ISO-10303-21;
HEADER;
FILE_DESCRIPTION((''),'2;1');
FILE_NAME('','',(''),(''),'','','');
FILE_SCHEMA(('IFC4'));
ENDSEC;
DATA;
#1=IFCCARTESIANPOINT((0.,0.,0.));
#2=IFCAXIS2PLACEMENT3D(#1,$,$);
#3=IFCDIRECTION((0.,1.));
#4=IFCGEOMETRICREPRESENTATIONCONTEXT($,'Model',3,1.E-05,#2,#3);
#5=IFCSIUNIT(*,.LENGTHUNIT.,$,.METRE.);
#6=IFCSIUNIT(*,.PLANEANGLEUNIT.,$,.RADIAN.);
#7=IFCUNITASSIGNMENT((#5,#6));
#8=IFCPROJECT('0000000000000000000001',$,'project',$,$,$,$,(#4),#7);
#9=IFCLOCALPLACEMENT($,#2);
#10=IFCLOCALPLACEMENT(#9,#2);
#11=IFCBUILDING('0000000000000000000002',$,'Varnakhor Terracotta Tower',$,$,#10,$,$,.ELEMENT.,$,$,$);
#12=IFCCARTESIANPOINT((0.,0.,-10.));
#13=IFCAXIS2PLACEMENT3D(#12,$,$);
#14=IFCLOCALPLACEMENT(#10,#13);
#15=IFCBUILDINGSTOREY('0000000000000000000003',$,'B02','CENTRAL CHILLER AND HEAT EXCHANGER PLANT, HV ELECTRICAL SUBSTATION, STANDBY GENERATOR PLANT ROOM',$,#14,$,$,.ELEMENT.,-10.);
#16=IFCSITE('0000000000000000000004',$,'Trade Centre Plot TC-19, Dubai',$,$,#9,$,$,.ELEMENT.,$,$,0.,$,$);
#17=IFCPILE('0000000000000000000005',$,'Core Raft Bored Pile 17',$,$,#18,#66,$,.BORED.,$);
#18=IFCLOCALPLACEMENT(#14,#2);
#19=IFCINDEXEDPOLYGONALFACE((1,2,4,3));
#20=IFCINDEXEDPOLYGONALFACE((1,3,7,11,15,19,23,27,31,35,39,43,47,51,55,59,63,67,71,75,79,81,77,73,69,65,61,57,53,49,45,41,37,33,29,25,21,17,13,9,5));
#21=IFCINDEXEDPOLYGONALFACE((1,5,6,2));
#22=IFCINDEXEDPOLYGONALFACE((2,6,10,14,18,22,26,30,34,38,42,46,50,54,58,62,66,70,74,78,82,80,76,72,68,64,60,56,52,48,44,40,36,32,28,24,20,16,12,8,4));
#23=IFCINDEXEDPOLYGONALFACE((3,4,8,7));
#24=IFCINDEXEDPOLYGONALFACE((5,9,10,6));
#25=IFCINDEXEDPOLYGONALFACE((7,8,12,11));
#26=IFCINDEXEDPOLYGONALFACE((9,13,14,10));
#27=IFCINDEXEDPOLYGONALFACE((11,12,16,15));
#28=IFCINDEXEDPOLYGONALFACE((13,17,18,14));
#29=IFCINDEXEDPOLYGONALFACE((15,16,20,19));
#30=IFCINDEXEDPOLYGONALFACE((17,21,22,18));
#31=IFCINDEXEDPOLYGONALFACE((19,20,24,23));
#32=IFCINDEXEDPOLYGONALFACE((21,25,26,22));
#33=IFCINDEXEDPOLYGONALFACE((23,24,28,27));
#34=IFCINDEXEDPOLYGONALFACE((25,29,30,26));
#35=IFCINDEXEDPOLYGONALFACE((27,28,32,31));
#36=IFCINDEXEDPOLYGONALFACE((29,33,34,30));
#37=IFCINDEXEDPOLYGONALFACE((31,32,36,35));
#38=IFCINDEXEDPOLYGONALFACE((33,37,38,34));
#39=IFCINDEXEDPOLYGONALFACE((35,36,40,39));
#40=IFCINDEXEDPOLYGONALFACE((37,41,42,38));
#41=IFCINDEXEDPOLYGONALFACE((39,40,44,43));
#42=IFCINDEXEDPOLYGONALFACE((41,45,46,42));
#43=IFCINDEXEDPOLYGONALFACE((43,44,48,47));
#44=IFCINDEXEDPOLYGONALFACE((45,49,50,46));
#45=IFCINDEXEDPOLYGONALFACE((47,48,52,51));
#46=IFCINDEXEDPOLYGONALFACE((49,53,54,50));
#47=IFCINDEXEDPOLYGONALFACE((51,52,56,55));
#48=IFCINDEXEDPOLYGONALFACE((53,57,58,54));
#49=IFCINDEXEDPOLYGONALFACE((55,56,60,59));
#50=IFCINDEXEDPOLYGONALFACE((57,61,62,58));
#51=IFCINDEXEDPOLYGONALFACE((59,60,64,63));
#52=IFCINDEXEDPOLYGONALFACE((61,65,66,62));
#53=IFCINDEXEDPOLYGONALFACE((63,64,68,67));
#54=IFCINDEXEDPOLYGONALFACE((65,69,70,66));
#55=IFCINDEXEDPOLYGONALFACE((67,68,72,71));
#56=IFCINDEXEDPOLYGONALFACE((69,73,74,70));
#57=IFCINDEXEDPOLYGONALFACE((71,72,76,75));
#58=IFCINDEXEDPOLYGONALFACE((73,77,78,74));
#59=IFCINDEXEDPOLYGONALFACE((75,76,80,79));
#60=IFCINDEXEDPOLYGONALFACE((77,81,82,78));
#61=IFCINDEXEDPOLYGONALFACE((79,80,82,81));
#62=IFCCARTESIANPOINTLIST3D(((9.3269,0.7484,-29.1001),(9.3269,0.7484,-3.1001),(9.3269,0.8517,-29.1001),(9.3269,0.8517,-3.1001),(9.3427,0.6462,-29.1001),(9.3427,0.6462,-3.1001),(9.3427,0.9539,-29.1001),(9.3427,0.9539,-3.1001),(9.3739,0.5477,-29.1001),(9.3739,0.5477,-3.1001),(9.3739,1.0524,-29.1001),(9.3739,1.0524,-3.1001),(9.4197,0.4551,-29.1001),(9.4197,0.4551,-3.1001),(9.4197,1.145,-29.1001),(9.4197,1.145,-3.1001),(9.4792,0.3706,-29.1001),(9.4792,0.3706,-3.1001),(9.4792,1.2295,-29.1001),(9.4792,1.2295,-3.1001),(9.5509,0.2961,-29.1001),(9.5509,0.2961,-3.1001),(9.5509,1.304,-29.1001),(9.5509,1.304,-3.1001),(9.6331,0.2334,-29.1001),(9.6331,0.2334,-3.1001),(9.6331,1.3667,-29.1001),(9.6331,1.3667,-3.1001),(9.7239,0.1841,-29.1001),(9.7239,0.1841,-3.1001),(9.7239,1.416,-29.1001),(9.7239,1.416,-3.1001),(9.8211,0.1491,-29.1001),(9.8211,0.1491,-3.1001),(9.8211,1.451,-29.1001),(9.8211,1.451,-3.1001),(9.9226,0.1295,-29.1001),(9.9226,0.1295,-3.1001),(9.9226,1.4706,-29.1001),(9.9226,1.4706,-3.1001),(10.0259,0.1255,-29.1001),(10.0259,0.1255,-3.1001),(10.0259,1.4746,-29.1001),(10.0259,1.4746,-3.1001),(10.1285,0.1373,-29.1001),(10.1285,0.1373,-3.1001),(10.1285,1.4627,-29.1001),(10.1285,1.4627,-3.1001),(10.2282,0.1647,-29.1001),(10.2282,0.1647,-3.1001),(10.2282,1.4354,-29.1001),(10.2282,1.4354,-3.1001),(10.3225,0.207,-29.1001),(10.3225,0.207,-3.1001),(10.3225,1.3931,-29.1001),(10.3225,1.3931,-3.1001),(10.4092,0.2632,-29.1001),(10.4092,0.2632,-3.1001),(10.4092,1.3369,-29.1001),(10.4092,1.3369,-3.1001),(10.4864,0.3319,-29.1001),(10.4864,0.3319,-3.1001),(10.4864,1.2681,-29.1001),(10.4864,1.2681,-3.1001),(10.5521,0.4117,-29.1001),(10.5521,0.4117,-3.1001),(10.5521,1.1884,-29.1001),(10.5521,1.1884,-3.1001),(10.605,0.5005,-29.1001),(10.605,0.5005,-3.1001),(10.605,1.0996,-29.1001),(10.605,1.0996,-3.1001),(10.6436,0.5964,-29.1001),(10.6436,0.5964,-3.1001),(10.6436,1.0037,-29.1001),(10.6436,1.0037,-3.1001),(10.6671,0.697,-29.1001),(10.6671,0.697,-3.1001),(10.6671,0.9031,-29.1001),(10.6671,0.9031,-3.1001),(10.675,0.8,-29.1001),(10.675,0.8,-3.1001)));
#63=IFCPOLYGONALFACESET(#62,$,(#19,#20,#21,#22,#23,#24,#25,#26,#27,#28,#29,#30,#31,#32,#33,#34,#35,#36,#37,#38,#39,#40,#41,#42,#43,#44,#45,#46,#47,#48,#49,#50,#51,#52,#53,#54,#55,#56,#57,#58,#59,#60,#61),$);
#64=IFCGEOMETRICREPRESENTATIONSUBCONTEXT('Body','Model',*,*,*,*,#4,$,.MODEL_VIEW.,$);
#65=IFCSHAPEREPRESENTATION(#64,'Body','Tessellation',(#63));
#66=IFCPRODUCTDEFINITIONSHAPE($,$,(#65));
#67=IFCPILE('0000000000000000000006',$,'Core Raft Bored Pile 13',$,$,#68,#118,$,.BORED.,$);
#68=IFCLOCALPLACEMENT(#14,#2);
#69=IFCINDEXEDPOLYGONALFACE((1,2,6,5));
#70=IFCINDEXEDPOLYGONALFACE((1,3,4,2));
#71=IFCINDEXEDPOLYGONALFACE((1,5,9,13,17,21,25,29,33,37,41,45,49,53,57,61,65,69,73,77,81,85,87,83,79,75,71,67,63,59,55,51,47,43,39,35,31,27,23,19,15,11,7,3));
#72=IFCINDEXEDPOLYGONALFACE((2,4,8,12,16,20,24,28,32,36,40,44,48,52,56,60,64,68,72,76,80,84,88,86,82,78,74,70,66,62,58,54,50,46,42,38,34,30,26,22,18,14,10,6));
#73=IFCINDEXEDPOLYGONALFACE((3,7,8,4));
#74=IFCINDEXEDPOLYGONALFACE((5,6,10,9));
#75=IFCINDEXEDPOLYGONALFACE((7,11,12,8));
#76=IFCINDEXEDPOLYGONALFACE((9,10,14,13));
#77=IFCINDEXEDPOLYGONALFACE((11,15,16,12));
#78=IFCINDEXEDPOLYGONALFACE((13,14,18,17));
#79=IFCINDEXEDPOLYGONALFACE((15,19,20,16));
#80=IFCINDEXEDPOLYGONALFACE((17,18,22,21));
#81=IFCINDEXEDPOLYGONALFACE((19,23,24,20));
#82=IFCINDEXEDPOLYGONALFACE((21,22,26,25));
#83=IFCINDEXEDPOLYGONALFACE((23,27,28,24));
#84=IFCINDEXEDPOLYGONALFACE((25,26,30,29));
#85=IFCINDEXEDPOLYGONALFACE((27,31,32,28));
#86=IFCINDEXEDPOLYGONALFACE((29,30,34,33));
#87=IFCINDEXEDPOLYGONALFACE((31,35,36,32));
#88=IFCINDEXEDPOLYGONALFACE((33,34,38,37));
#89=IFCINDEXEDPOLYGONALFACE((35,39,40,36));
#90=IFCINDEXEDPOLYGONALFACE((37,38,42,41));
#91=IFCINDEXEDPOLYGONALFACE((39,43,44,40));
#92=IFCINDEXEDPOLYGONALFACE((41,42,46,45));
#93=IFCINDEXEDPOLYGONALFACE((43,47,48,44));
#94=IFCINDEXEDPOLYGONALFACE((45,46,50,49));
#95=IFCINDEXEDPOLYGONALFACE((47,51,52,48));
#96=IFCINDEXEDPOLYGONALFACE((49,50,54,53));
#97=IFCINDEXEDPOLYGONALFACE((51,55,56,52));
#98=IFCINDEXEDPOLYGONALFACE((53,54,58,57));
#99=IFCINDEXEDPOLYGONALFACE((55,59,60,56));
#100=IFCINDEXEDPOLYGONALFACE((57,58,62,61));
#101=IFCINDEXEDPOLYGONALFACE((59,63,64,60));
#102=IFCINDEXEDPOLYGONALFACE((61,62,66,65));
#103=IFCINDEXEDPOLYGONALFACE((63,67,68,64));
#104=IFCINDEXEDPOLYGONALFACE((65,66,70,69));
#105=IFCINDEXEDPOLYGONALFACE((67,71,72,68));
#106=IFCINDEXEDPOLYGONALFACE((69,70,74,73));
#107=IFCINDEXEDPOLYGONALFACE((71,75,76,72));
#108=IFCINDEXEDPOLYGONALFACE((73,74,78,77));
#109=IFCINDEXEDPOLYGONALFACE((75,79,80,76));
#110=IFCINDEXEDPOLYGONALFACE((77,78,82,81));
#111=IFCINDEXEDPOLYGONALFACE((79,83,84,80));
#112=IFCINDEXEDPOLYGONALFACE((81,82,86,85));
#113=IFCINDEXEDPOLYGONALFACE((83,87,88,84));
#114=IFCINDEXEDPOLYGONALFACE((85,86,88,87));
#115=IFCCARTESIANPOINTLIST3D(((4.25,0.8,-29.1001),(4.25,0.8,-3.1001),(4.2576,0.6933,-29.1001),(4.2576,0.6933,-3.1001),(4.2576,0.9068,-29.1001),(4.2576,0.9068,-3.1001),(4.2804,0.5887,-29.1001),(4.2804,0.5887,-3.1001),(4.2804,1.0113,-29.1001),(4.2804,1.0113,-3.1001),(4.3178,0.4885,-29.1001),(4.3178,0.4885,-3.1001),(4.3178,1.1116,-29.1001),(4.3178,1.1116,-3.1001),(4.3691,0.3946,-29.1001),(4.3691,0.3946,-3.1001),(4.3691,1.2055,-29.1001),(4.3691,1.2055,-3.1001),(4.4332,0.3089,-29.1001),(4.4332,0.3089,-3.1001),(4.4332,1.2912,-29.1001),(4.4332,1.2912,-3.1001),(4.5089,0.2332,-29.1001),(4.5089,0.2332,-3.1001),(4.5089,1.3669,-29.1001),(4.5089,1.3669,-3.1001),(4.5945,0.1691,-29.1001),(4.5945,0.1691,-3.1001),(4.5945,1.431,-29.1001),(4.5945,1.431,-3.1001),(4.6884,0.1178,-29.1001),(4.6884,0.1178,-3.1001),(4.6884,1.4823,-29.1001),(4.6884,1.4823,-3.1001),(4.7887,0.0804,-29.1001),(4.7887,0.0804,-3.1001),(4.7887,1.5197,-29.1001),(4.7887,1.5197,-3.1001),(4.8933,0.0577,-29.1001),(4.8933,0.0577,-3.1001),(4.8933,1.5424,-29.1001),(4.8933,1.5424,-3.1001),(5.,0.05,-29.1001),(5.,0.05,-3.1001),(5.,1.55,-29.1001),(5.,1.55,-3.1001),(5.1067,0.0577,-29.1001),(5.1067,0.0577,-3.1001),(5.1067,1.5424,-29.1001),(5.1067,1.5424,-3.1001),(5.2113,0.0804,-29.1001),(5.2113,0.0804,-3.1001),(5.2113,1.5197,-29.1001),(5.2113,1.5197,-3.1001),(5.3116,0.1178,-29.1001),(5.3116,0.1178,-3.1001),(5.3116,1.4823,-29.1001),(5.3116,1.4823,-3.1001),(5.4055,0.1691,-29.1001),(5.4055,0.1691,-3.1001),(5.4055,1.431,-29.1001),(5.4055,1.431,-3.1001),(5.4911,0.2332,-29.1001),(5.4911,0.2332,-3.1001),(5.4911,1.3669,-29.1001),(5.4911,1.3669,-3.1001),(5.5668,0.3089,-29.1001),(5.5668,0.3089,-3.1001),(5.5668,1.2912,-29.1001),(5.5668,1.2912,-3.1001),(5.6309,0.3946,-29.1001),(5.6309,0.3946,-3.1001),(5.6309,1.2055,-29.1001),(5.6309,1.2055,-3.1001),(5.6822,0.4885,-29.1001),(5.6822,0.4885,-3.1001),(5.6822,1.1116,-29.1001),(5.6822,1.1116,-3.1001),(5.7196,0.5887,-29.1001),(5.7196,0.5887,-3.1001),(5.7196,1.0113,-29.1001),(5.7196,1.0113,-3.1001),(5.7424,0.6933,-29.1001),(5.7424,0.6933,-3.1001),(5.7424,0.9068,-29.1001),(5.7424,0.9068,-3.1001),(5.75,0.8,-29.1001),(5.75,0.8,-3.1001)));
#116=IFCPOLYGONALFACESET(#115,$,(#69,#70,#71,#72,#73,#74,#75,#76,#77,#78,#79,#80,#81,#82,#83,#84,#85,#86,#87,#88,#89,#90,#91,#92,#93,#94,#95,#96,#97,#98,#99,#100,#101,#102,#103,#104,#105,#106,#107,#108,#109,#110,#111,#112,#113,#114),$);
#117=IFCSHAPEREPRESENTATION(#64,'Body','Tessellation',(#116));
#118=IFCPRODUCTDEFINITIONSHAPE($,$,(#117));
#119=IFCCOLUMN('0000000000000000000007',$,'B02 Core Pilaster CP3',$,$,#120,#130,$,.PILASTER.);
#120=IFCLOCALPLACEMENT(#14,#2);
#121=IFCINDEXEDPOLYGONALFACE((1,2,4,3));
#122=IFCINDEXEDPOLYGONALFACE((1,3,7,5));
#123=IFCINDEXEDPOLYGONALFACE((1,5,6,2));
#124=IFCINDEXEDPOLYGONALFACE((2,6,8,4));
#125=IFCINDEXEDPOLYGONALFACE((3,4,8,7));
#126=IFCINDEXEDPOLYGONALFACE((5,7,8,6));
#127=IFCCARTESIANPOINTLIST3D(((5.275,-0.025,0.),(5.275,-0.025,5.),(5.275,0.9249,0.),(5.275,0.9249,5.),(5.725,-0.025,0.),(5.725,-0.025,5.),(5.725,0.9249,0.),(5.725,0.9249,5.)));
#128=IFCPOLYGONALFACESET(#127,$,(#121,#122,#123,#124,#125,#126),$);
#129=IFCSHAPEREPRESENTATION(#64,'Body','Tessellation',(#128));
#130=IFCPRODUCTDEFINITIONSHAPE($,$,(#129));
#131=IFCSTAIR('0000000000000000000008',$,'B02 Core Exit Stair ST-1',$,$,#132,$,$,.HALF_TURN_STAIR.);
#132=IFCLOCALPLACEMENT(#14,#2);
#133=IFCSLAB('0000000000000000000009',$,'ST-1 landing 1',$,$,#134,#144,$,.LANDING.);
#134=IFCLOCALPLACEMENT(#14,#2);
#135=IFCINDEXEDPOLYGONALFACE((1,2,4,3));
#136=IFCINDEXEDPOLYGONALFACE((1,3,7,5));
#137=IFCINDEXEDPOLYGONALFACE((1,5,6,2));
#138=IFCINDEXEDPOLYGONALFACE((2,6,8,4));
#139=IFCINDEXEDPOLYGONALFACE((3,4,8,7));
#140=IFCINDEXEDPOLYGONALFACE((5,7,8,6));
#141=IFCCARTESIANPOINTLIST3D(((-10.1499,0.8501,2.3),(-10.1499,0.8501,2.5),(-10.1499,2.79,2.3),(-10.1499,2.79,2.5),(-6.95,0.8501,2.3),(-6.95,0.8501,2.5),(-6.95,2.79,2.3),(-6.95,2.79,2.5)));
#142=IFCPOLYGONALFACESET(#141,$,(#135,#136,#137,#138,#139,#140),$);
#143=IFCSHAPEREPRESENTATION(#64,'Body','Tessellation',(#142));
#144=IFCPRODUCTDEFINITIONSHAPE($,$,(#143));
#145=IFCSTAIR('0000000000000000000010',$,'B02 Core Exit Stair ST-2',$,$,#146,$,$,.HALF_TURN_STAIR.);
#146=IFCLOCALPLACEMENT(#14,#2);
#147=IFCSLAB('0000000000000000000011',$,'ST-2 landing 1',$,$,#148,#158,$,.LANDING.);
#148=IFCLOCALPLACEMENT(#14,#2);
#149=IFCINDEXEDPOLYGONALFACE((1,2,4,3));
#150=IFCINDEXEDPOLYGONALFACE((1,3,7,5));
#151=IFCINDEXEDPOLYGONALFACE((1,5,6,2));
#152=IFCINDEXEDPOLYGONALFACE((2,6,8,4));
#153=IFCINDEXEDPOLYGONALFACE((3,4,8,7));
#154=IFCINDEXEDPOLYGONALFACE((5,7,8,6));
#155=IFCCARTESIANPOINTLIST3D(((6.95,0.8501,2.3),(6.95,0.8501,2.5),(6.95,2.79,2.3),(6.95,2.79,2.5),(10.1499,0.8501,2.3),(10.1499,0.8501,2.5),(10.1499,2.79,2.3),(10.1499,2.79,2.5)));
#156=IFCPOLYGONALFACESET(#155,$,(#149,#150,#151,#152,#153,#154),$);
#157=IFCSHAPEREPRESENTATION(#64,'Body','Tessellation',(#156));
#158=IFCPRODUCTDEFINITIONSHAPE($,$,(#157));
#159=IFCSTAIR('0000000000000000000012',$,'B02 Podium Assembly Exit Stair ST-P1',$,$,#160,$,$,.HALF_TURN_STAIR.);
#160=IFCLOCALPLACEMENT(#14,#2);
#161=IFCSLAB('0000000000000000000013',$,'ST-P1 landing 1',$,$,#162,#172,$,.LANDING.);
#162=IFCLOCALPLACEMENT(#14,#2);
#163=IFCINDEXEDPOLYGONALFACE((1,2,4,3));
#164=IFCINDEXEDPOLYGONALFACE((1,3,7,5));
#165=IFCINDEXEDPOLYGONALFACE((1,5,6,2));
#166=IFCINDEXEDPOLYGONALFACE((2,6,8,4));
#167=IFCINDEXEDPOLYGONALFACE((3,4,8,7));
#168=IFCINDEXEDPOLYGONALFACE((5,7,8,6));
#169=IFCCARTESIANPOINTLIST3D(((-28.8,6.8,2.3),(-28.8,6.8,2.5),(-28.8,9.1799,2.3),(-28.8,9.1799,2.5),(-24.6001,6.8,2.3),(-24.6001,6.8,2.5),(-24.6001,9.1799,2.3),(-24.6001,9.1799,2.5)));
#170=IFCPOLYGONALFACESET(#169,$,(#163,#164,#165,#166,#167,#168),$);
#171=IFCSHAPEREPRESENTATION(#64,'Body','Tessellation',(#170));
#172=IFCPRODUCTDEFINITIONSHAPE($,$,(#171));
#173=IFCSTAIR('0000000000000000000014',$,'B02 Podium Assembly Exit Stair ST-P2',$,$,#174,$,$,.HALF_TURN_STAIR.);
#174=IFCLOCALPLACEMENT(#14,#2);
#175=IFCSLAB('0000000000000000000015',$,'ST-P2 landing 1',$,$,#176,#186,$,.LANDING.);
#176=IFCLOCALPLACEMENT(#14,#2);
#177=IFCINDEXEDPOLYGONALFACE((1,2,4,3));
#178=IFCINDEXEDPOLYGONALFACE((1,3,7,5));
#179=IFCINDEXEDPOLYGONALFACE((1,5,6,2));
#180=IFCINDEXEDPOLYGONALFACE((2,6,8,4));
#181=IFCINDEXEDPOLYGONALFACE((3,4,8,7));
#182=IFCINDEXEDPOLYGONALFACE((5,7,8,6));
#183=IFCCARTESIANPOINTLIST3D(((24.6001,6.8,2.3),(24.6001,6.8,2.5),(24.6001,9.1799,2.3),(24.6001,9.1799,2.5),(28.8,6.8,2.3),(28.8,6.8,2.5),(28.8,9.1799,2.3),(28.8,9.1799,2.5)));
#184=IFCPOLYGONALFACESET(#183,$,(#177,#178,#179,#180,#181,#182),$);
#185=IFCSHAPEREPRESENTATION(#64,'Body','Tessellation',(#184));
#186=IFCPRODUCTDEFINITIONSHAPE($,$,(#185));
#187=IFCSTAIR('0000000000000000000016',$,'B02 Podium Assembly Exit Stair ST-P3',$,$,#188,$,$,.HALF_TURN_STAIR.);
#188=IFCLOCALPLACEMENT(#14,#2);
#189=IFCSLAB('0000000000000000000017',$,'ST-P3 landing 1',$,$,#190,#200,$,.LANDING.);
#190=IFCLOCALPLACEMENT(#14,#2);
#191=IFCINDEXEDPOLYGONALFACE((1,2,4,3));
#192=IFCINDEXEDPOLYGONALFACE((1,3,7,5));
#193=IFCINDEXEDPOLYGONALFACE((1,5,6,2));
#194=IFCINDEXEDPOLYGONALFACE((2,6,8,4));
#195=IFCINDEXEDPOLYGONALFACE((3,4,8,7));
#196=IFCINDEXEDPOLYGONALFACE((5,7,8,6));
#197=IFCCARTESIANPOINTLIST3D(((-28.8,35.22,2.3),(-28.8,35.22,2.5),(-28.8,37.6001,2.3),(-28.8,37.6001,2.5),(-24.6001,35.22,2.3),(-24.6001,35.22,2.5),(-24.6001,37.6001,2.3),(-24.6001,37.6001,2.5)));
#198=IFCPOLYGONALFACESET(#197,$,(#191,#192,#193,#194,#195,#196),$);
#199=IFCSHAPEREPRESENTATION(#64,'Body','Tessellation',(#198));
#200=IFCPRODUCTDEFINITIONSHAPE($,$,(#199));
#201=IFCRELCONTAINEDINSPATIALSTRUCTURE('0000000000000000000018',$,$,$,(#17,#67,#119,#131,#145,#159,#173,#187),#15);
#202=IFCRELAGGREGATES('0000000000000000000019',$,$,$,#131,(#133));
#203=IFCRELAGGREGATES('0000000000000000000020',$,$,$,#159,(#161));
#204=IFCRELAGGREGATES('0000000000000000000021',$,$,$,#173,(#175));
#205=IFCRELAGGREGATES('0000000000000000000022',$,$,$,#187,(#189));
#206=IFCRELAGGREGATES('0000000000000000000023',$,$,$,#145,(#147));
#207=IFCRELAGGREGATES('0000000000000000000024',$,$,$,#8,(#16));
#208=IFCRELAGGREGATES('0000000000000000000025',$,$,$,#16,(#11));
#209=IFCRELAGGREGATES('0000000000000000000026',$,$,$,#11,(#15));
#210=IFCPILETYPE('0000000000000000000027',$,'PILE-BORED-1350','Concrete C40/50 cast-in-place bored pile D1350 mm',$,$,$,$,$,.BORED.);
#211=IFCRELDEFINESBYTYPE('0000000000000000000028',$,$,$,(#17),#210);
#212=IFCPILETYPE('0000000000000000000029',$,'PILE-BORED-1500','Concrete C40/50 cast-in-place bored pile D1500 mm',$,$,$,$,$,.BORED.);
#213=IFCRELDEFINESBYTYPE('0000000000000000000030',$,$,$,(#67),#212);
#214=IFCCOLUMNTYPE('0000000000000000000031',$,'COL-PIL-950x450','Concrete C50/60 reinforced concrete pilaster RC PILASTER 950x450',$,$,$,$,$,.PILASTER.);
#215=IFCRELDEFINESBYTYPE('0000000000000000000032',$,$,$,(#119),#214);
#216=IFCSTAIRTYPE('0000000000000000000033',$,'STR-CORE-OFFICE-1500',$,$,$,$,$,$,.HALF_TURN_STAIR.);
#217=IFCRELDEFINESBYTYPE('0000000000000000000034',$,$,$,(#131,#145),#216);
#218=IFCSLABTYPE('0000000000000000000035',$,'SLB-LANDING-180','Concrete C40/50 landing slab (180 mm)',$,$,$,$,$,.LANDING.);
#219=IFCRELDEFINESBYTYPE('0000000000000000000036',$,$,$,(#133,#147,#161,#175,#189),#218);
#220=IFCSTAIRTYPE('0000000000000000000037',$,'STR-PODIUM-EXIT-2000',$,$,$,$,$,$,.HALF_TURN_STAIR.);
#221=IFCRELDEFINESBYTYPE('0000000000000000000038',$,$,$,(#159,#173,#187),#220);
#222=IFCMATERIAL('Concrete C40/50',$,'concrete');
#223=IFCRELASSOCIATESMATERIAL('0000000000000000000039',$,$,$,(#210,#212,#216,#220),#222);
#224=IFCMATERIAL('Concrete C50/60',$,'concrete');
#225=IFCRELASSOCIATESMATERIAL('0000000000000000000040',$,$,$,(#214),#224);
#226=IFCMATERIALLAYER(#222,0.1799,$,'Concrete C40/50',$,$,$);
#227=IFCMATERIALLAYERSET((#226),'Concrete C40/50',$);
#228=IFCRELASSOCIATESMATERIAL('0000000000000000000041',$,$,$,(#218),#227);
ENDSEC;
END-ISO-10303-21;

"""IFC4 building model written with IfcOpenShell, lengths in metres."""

from ifc_helpers import new_model, si_unit, direction, frame, origin, origin_2d, place, context, subcontext, project, spatial, polyline, rectangle, circle, outline, extrude, source, transform, mapped, material, layer, layer_set, material_profile, profile_set, type_object, type_shapes, element, aggregate, save


model = new_model("IFC4")

# Units and contexts
model_context = context("Model", 3, precision=1e-05, world=origin(), true_north=direction((0.0, 1.0)))
body_context = subcontext(model_context, "Body", "Model", "MODEL_VIEW")
ifc_project = project(units=[si_unit("LENGTHUNIT", "METRE"), si_unit("PLANEANGLEUNIT", "RADIAN")], contexts=[model_context])

# Site, building, storey
site_placement = place(None, origin())
site = spatial("IfcSite", under=ifc_project, at=site_placement, Name="Trade Centre Plot TC-19, Dubai", CompositionType="ELEMENT", RefElevation=0.0)
building_placement = place(site_placement, origin())
building = spatial("IfcBuilding", under=site, at=building_placement, Name="Varnakhor Terracotta Tower", CompositionType="ELEMENT")
storey_placement = place(building_placement, frame((0.0, 0.0, -10.0)))
storey = spatial("IfcBuildingStorey", under=building, at=storey_placement, Name="B02", Description="CENTRAL CHILLER AND HEAT EXCHANGER PLANT, HV ELECTRICAL SUBSTATION, STANDBY GENERATOR PLANT ROOM", CompositionType="ELEMENT", Elevation=-10.0)

# Piles
ifc_material_1 = material(Name="Concrete C40/50", Category="concrete")
ifc_material_profile_1 = material_profile(ifc_material_1, circle(Radius=0.675, at=origin_2d()), Name="BORED PILE D1350")
ifc_profile_set_1 = profile_set([ifc_material_profile_1], Name="Concrete C40/50")
pile_type_1 = type_object("IfcPileType", Name="PILE-BORED-1350", Description="Concrete C40/50 cast-in-place bored pile D1350 mm", PredefinedType="BORED", material=ifc_profile_set_1)
shared_shape_1 = source(origin(), body_context, "Body", "SweptSolid", [
    extrude(circle(Radius=0.675, at=origin_2d()), origin(), (0.0, 0.0, 1.0), 26.0),
])
type_shapes(pile_type_1, [shared_shape_1])
pile_1_placement = place(storey_placement, frame((10.0, 0.8, -3.1001), z_axis=(0.0, 0.0, -1.0), x_axis=(1.0, 0.0, 0.0)))
element("IfcPile", 1, at=pile_1_placement, inside=storey, type_object=pile_type_1, Name="Core Raft Bored Pile 17", PredefinedType="BORED", context=body_context, shape_type="MappedRepresentation", body=[
    mapped(shared_shape_1, transform((0.0, 0.0, 0.0), scale=1.0)),
])
ifc_material_profile_2 = material_profile(ifc_material_1, circle(Radius=0.75, at=origin_2d()), Name="BORED PILE D1500")
ifc_profile_set_2 = profile_set([ifc_material_profile_2], Name="Concrete C40/50")
pile_type_2 = type_object("IfcPileType", Name="PILE-BORED-1500", Description="Concrete C40/50 cast-in-place bored pile D1500 mm", PredefinedType="BORED", material=ifc_profile_set_2)
shared_shape_2 = source(origin(), body_context, "Body", "SweptSolid", [
    extrude(circle(Radius=0.75, at=origin_2d()), origin(), (0.0, 0.0, 1.0), 26.0),
])
type_shapes(pile_type_2, [shared_shape_2])
pile_2_placement = place(storey_placement, frame((5.0, 0.8, -3.1001), z_axis=(0.0, 0.0, -1.0), x_axis=(1.0, 0.0, 0.0)))
element("IfcPile", 2, at=pile_2_placement, inside=storey, type_object=pile_type_2, Name="Core Raft Bored Pile 13", PredefinedType="BORED", context=body_context, shape_type="MappedRepresentation", body=[
    mapped(shared_shape_2, transform((0.0, 0.0, 0.0), scale=1.0)),
])

# Column
ifc_material_2 = material(Name="Concrete C50/60", Category="concrete")
ifc_material_profile_3 = material_profile(ifc_material_2, rectangle(XDim=0.45, YDim=0.95, at=origin_2d()), Name="RC PILASTER 950x450")
ifc_profile_set_3 = profile_set([ifc_material_profile_3], Name="Concrete C50/60")
column_type = type_object("IfcColumnType", Name="COL-PIL-950x450", Description="Concrete C50/60 reinforced concrete pilaster RC PILASTER 950x450", PredefinedType="PILASTER", material=ifc_profile_set_3)
shared_shape_3 = source(origin(), body_context, "Body", "SweptSolid", [
    extrude(rectangle(XDim=0.45, YDim=0.95, at=origin_2d()), origin(), (0.0, 0.0, 1.0), 5.0),
])
type_shapes(column_type, [shared_shape_3])
column_placement = place(storey_placement, frame((5.5, 0.45, 0.0), z_axis=(0.0, 0.0, 1.0), x_axis=(1.0, 0.0, 0.0)))
element("IfcColumn", 3, at=column_placement, inside=storey, type_object=column_type, Name="B02 Core Pilaster CP3", PredefinedType="PILASTER", context=body_context, shape_type="MappedRepresentation", body=[
    mapped(shared_shape_3, transform((0.0, 0.0, 0.0), scale=1.0)),
])

# Stairs, slabs
stair_type_1 = type_object("IfcStairType", Name="STR-CORE-OFFICE-1500", PredefinedType="HALF_TURN_STAIR", material=ifc_material_1)
stair_1_placement = place(storey_placement, origin())
stair_1 = element("IfcStair", 4, at=stair_1_placement, inside=storey, type_object=stair_type_1, Name="B02 Core Exit Stair ST-1", PredefinedType="HALF_TURN_STAIR")
ifc_layer_1 = layer(ifc_material_1, 0.1799, Name="Concrete C40/50")
ifc_layer_set_1 = layer_set([ifc_layer_1], Name="Concrete C40/50")
slab_type_1 = type_object("IfcSlabType", Name="SLB-LANDING-180", Description="Concrete C40/50 landing slab (180 mm)", PredefinedType="LANDING", material=ifc_layer_set_1)
slab_1_placement = place(storey_placement, frame((0.0, 0.0, 2.3)))
slab_1 = element("IfcSlab", 5, at=slab_1_placement, type_object=slab_type_1, Name="ST-1 landing 1", PredefinedType="LANDING", context=body_context, shape_type="SweptSolid", body=[
    extrude(outline(polyline([(-10.1499, 2.79), (-10.1499, 0.8501), (-6.95, 0.8501), (-6.95, 2.79), (-10.1499, 2.79)])), origin(), (0.0, 0.0, 1.0), 0.2),
])
aggregate(stair_1, [slab_1])
stair_2_placement = place(storey_placement, origin())
stair_2 = element("IfcStair", 6, at=stair_2_placement, inside=storey, type_object=stair_type_1, Name="B02 Core Exit Stair ST-2", PredefinedType="HALF_TURN_STAIR")
slab_2_placement = place(storey_placement, frame((0.0, 0.0, 2.3)))
slab_2 = element("IfcSlab", 7, at=slab_2_placement, type_object=slab_type_1, Name="ST-2 landing 1", PredefinedType="LANDING", context=body_context, shape_type="SweptSolid", body=[
    extrude(outline(polyline([(6.95, 2.79), (6.95, 0.8501), (10.1499, 0.8501), (10.1499, 2.79), (6.95, 2.79)])), origin(), (0.0, 0.0, 1.0), 0.2),
])
stair_type_2 = type_object("IfcStairType", Name="STR-PODIUM-EXIT-2000", PredefinedType="HALF_TURN_STAIR", material=ifc_material_1)
stair_3_placement = place(storey_placement, origin())
stair_3 = element("IfcStair", 8, at=stair_3_placement, inside=storey, type_object=stair_type_2, Name="B02 Podium Assembly Exit Stair ST-P1", PredefinedType="HALF_TURN_STAIR")
slab_3_placement = place(storey_placement, frame((0.0, 0.0, 2.3)))
slab_3 = element("IfcSlab", 9, at=slab_3_placement, type_object=slab_type_1, Name="ST-P1 landing 1", PredefinedType="LANDING", context=body_context, shape_type="SweptSolid", body=[
    extrude(outline(polyline([(-28.8, 9.1799), (-28.8, 6.8), (-24.6001, 6.8), (-24.6001, 9.1799), (-28.8, 9.1799)])), origin(), (0.0, 0.0, 1.0), 0.2),
])
aggregate(stair_3, [slab_3])
stair_4_placement = place(storey_placement, origin())
stair_4 = element("IfcStair", 10, at=stair_4_placement, inside=storey, type_object=stair_type_2, Name="B02 Podium Assembly Exit Stair ST-P2", PredefinedType="HALF_TURN_STAIR")
slab_4_placement = place(storey_placement, frame((0.0, 0.0, 2.3)))
slab_4 = element("IfcSlab", 11, at=slab_4_placement, type_object=slab_type_1, Name="ST-P2 landing 1", PredefinedType="LANDING", context=body_context, shape_type="SweptSolid", body=[
    extrude(outline(polyline([(24.6001, 9.1799), (24.6001, 6.8), (28.8, 6.8), (28.8, 9.1799), (24.6001, 9.1799)])), origin(), (0.0, 0.0, 1.0), 0.2),
])
aggregate(stair_4, [slab_4])
stair_5_placement = place(storey_placement, origin())
stair_5 = element("IfcStair", 12, at=stair_5_placement, inside=storey, type_object=stair_type_2, Name="B02 Podium Assembly Exit Stair ST-P3", PredefinedType="HALF_TURN_STAIR")
slab_5_placement = place(storey_placement, frame((0.0, 0.0, 2.3)))
slab_5 = element("IfcSlab", 13, at=slab_5_placement, type_object=slab_type_1, Name="ST-P3 landing 1", PredefinedType="LANDING", context=body_context, shape_type="SweptSolid", body=[
    extrude(outline(polyline([(-24.6001, 35.22), (-24.6001, 37.6001), (-28.8, 37.6001), (-28.8, 35.22), (-24.6001, 35.22)])), origin(), (0.0, 0.0, 1.0), 0.2),
])
aggregate(stair_5, [slab_5])

aggregate(stair_2, [slab_2])

save(model, "model.ifc")
